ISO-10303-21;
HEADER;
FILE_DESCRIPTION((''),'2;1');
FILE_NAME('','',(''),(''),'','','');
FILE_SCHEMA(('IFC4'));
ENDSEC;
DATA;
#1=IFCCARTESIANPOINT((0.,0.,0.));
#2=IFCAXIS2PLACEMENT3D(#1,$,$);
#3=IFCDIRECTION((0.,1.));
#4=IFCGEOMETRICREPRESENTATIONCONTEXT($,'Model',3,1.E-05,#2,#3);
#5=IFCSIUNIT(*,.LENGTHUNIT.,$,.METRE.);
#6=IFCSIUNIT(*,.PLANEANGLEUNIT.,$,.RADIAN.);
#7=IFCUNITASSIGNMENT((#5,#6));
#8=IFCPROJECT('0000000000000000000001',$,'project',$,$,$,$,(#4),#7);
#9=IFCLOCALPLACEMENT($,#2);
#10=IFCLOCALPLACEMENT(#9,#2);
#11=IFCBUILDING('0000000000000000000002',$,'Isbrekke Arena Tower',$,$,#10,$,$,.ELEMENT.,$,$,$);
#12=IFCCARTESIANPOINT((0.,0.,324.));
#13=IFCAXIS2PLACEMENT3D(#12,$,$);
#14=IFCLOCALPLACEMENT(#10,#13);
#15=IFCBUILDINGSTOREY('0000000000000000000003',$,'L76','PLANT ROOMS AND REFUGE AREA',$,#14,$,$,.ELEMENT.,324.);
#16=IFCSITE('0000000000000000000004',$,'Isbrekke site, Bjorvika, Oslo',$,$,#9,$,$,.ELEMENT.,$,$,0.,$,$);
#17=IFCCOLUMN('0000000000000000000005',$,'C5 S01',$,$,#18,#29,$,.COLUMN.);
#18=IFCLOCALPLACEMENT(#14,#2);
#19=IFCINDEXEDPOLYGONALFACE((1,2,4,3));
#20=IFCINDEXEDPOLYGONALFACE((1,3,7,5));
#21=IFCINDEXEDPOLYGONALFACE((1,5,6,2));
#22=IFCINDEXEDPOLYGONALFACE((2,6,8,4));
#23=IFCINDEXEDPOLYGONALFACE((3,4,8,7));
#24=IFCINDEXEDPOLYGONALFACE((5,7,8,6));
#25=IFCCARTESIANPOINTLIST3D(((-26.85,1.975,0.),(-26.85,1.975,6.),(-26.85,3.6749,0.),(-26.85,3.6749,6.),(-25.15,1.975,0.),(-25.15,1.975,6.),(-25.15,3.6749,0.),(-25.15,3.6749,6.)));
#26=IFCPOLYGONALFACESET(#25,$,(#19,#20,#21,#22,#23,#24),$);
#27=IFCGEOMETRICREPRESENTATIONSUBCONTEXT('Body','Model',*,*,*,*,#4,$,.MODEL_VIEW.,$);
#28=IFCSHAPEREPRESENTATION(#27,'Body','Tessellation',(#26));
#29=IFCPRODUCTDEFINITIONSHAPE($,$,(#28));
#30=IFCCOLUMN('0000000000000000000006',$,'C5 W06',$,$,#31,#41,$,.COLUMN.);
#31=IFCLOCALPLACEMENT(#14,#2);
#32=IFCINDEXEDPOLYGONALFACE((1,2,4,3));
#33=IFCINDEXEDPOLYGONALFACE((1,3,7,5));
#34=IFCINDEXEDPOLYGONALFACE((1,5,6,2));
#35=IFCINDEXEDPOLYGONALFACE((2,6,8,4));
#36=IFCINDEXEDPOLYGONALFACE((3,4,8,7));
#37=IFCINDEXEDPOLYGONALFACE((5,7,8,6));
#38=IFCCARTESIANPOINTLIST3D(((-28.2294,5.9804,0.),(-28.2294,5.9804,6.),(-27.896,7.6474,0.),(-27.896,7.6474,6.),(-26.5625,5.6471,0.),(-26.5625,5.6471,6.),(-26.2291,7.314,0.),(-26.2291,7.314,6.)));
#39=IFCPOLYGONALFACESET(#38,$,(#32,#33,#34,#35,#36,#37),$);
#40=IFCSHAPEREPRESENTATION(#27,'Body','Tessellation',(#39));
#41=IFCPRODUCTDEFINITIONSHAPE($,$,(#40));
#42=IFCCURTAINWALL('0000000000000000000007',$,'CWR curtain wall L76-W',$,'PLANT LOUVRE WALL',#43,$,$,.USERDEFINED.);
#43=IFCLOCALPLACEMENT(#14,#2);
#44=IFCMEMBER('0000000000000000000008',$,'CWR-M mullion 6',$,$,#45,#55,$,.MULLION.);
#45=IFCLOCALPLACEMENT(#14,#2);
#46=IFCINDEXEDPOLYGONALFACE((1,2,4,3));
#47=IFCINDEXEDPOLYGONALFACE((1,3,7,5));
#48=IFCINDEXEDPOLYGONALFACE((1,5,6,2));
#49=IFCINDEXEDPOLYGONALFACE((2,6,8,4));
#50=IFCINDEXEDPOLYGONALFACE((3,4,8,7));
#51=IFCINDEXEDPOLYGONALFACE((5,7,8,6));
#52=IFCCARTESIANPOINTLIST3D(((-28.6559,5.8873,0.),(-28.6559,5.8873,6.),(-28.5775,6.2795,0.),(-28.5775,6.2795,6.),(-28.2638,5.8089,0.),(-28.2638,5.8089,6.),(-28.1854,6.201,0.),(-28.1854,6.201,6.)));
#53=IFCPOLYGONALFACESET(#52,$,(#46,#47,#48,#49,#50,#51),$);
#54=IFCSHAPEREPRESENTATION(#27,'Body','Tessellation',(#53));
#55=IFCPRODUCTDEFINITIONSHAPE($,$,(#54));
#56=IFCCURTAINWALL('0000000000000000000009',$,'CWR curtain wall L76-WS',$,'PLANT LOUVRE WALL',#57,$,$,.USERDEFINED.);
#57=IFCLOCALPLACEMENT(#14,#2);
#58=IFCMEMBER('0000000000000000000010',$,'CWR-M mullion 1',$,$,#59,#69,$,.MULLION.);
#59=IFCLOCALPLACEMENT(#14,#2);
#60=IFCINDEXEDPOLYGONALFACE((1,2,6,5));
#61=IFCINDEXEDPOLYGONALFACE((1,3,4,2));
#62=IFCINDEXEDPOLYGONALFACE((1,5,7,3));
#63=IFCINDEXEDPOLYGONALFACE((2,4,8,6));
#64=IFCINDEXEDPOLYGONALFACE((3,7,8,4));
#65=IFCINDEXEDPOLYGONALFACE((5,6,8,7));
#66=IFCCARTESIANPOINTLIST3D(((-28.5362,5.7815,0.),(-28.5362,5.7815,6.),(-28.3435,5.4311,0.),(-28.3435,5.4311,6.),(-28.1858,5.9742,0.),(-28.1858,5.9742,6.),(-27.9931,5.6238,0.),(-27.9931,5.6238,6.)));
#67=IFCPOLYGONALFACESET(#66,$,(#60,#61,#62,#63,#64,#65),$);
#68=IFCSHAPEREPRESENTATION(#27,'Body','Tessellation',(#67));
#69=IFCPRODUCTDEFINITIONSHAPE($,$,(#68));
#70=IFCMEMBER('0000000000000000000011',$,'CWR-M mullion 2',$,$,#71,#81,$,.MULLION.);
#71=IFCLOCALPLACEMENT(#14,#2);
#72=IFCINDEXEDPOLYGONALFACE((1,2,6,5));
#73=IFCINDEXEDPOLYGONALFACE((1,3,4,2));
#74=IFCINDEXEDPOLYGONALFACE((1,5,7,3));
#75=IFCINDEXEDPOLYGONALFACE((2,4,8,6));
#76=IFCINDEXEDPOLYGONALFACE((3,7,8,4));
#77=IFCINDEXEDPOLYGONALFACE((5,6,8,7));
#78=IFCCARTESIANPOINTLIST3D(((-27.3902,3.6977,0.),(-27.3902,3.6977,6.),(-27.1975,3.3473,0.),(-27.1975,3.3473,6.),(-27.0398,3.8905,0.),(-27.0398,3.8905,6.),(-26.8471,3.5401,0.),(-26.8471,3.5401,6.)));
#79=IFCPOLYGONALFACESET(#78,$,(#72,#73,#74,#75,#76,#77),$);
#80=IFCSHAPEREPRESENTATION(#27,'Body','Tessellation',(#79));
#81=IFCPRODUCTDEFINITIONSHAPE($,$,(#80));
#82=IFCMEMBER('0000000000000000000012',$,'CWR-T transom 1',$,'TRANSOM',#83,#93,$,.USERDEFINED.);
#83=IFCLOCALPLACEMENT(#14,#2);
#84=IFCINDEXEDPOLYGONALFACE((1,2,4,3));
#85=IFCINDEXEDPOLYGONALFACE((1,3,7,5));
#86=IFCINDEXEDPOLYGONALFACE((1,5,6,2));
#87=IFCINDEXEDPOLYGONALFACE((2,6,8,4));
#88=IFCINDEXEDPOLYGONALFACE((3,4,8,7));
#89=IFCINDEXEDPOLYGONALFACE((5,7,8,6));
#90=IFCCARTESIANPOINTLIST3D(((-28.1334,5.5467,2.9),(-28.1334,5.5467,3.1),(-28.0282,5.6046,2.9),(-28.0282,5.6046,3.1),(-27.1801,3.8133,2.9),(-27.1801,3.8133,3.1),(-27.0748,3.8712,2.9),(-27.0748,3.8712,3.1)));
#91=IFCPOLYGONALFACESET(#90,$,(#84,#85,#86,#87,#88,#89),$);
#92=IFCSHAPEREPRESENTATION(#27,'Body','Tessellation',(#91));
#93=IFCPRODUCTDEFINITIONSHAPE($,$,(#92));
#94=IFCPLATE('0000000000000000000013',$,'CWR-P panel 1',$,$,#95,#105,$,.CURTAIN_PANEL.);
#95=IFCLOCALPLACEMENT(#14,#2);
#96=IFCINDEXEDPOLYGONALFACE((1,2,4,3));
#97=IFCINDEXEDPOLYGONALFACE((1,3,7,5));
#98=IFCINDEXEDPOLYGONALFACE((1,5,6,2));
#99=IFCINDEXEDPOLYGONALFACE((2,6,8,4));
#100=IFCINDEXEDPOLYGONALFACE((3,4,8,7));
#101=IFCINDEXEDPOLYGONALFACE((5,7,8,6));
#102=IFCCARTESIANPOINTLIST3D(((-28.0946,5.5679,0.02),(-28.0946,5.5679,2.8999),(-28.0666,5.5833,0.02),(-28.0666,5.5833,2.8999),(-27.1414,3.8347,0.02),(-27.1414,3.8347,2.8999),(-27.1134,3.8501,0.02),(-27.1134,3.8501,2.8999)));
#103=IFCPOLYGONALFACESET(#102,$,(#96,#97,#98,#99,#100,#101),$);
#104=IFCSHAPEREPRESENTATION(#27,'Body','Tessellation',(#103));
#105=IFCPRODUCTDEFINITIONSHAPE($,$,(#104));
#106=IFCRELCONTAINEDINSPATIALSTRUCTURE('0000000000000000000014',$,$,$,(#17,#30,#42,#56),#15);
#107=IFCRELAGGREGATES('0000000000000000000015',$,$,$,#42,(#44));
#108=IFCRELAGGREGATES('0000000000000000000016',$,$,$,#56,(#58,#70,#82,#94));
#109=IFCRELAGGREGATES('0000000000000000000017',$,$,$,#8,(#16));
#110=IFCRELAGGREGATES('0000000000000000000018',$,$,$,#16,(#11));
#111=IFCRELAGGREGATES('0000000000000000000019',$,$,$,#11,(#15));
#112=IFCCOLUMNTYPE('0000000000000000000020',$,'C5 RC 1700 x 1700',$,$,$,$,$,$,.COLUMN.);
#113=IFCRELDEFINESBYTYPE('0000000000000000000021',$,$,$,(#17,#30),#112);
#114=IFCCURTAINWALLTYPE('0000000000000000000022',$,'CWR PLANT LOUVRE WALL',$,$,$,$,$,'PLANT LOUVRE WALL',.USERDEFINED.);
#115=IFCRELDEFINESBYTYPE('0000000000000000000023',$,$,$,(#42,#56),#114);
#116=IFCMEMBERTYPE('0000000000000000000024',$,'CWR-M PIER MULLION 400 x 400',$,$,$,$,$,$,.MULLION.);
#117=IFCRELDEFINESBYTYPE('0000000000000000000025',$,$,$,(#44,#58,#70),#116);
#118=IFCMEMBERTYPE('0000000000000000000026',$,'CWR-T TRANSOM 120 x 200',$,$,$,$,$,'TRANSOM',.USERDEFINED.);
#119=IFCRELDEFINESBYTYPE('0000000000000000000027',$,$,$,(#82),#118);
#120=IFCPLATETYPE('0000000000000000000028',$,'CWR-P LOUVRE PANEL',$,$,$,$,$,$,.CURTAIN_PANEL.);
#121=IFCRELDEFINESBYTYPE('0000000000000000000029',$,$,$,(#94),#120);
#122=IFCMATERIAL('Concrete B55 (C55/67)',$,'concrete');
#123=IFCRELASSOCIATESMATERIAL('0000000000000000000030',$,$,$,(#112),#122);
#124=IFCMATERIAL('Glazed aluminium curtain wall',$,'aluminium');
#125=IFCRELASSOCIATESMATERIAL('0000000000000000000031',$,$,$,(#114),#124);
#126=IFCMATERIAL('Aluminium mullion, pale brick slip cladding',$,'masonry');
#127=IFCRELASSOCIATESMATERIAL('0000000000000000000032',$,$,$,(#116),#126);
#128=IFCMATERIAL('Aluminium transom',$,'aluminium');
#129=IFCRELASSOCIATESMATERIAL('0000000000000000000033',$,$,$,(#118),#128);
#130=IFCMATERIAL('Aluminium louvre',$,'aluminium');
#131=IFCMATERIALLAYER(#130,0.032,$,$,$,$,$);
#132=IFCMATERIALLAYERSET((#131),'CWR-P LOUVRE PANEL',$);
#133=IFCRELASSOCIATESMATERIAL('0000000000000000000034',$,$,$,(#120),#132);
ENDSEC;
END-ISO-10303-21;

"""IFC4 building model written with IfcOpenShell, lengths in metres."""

from ifc_helpers import new_model, si_unit, direction, frame, origin, origin_2d, place, context, subcontext, project, spatial, rectangle, extrude, material, layer, layer_set, material_profile, profile_set, type_object, element, aggregate, save


model = new_model("IFC4")

# Units and contexts
model_context = context("Model", 3, precision=1e-05, world=origin(), true_north=direction((0.0, 1.0)))
body_context = subcontext(model_context, "Body", "Model", "MODEL_VIEW")
ifc_project = project(units=[si_unit("LENGTHUNIT", "METRE"), si_unit("PLANEANGLEUNIT", "RADIAN")], contexts=[model_context])

# Site, building, storey
site_placement = place(None, origin())
site = spatial("IfcSite", under=ifc_project, at=site_placement, Name="Isbrekke site, Bjorvika, Oslo", CompositionType="ELEMENT", RefElevation=0.0)
building_placement = place(site_placement, origin())
building = spatial("IfcBuilding", under=site, at=building_placement, Name="Isbrekke Arena Tower", CompositionType="ELEMENT")
storey_placement = place(building_placement, frame((0.0, 0.0, 324.0)))
storey = spatial("IfcBuildingStorey", under=building, at=storey_placement, Name="L76", Description="PLANT ROOMS AND REFUGE AREA", CompositionType="ELEMENT", Elevation=324.0)

# Columns
ifc_material_1 = material(Name="Concrete B55 (C55/67)", Category="concrete")
ifc_material_profile_1 = material_profile(ifc_material_1, rectangle(XDim=1.7, YDim=1.7, at=origin_2d()), Name="RC 1700x1700")
ifc_profile_set_1 = profile_set([ifc_material_profile_1], Name="Concrete B55 (C55/67)")
column_type = type_object("IfcColumnType", Name="C5 RC 1700 x 1700", PredefinedType="COLUMN", material=ifc_profile_set_1)
for number, where, z_axis, x_axis, name in (
    (1, (-26.0, 2.825, 0.0), (0.0, 0.0, 1.0), (1.0, 0.0, 0.0), "C5 S01"),
    (2, (-27.2292, 6.6472, 0.0), (0.0, 0.0, 1.0), (-0.196116, -0.980581, 0.0), "C5 W06"),
):
    element("IfcColumn", number, at=place(storey_placement, frame(where, z_axis=z_axis, x_axis=x_axis)), inside=storey, type_object=column_type, Name=name, PredefinedType="COLUMN", context=body_context, shape_type="SweptSolid", body=[
        extrude(rectangle(XDim=1.7, YDim=1.7, at=origin_2d()), origin(), (0.0, 0.0, 1.0), 6.0),
    ])

# Curtain wall, member
ifc_material_2 = material(Name="Glazed aluminium curtain wall", Category="aluminium")
curtain_wall_type = type_object("IfcCurtainWallType", Name="CWR PLANT LOUVRE WALL", ElementType="PLANT LOUVRE WALL", PredefinedType="USERDEFINED", material=ifc_material_2)
curtain_wall_1_placement = place(storey_placement, origin())
curtain_wall_1 = element("IfcCurtainWall", 3, at=curtain_wall_1_placement, inside=storey, type_object=curtain_wall_type, Name="CWR curtain wall L76-W", ObjectType="PLANT LOUVRE WALL", PredefinedType="USERDEFINED")
ifc_material_3 = material(Name="Aluminium mullion, pale brick slip cladding", Category="masonry")
ifc_material_profile_2 = material_profile(ifc_material_3, rectangle(XDim=0.3999, YDim=0.3999, at=origin_2d()), Name="PIER 400X400")
ifc_profile_set_2 = profile_set([ifc_material_profile_2], Name="Aluminium mullion, pale brick slip cladding")
member_type_1 = type_object("IfcMemberType", Name="CWR-M PIER MULLION 400 x 400", PredefinedType="MULLION", material=ifc_profile_set_2)
member_1_placement = place(storey_placement, frame((-28.4207, 6.0442, 0.0), z_axis=(0.0, 0.0, 1.0), x_axis=(-0.196116, -0.980581, 0.0)))
member_1 = element("IfcMember", 4, at=member_1_placement, type_object=member_type_1, Name="CWR-M mullion 6", PredefinedType="MULLION", context=body_context, shape_type="SweptSolid", body=[
    extrude(rectangle(XDim=0.3999, YDim=0.3999, at=origin_2d()), origin(), (0.0, 0.0, 1.0), 6.0),
])
aggregate(curtain_wall_1, [member_1])

# Curtain wall, members, plate
curtain_wall_2_placement = place(storey_placement, origin())
curtain_wall_2 = element("IfcCurtainWall", 5, at=curtain_wall_2_placement, inside=storey, type_object=curtain_wall_type, Name="CWR curtain wall L76-WS", ObjectType="PLANT LOUVRE WALL", PredefinedType="USERDEFINED")
member_2_placement = place(storey_placement, frame((-28.2646, 5.7026, 0.0), z_axis=(0.0, 0.0, 1.0), x_axis=(0.481919, -0.876216, 0.0)))
member_2 = element("IfcMember", 6, at=member_2_placement, type_object=member_type_1, Name="CWR-M mullion 1", PredefinedType="MULLION", context=body_context, shape_type="SweptSolid", body=[
    extrude(rectangle(XDim=0.3999, YDim=0.3999, at=origin_2d()), origin(), (0.0, 0.0, 1.0), 6.0),
])
member_3_placement = place(storey_placement, frame((-27.1187, 3.6189, 0.0), z_axis=(0.0, 0.0, 1.0), x_axis=(0.481919, -0.876216, 0.0)))
member_3 = element("IfcMember", 7, at=member_3_placement, type_object=member_type_1, Name="CWR-M mullion 2", PredefinedType="MULLION", context=body_context, shape_type="SweptSolid", body=[
    extrude(rectangle(XDim=0.3999, YDim=0.3999, at=origin_2d()), origin(), (0.0, 0.0, 1.0), 6.0),
])
ifc_material_4 = material(Name="Aluminium transom", Category="aluminium")
ifc_material_profile_3 = material_profile(ifc_material_4, rectangle(XDim=0.1201, YDim=0.2, at=origin_2d()), Name="TRANSOM 120X200")
ifc_profile_set_3 = profile_set([ifc_material_profile_3], Name="Aluminium transom")
member_type_2 = type_object("IfcMemberType", Name="CWR-T TRANSOM 120 x 200", ElementType="TRANSOM", PredefinedType="USERDEFINED", material=ifc_profile_set_3)
member_4_placement = place(storey_placement, frame((-28.0808, 5.5757, 3.0), z_axis=(0.481919, -0.876216, 0.0), x_axis=(0.876216, 0.481919, 0.0)))
member_4 = element("IfcMember", 8, at=member_4_placement, type_object=member_type_2, Name="CWR-T transom 1", ObjectType="TRANSOM", PredefinedType="USERDEFINED", context=body_context, shape_type="SweptSolid", body=[
    extrude(rectangle(XDim=0.1201, YDim=0.2, at=origin_2d()), origin(), (0.0, 0.0, 1.0), 1.9783),
])
ifc_material_5 = material(Name="Aluminium louvre", Category="aluminium")
ifc_layer_1 = layer(ifc_material_5, 0.032)
ifc_layer_set_1 = layer_set([ifc_layer_1], Name="CWR-P LOUVRE PANEL")
plate_type = type_object("IfcPlateType", Name="CWR-P LOUVRE PANEL", PredefinedType="CURTAIN_PANEL", material=ifc_layer_set_1)
plate_placement = place(storey_placement, frame((-27.604, 4.709, 0.02), z_axis=(0.0, 0.0, 1.0), x_axis=(0.481919, -0.876216, 0.0)))
plate = element("IfcPlate", 9, at=plate_placement, type_object=plate_type, Name="CWR-P panel 1", PredefinedType="CURTAIN_PANEL", context=body_context, shape_type="SweptSolid", body=[
    extrude(rectangle(XDim=1.978, YDim=0.032, at=origin_2d()), origin(), (0.0, 0.0, 1.0), 2.8799),
])
aggregate(curtain_wall_2, [member_2, member_3, member_4, plate])

save(model, "model.ifc")
